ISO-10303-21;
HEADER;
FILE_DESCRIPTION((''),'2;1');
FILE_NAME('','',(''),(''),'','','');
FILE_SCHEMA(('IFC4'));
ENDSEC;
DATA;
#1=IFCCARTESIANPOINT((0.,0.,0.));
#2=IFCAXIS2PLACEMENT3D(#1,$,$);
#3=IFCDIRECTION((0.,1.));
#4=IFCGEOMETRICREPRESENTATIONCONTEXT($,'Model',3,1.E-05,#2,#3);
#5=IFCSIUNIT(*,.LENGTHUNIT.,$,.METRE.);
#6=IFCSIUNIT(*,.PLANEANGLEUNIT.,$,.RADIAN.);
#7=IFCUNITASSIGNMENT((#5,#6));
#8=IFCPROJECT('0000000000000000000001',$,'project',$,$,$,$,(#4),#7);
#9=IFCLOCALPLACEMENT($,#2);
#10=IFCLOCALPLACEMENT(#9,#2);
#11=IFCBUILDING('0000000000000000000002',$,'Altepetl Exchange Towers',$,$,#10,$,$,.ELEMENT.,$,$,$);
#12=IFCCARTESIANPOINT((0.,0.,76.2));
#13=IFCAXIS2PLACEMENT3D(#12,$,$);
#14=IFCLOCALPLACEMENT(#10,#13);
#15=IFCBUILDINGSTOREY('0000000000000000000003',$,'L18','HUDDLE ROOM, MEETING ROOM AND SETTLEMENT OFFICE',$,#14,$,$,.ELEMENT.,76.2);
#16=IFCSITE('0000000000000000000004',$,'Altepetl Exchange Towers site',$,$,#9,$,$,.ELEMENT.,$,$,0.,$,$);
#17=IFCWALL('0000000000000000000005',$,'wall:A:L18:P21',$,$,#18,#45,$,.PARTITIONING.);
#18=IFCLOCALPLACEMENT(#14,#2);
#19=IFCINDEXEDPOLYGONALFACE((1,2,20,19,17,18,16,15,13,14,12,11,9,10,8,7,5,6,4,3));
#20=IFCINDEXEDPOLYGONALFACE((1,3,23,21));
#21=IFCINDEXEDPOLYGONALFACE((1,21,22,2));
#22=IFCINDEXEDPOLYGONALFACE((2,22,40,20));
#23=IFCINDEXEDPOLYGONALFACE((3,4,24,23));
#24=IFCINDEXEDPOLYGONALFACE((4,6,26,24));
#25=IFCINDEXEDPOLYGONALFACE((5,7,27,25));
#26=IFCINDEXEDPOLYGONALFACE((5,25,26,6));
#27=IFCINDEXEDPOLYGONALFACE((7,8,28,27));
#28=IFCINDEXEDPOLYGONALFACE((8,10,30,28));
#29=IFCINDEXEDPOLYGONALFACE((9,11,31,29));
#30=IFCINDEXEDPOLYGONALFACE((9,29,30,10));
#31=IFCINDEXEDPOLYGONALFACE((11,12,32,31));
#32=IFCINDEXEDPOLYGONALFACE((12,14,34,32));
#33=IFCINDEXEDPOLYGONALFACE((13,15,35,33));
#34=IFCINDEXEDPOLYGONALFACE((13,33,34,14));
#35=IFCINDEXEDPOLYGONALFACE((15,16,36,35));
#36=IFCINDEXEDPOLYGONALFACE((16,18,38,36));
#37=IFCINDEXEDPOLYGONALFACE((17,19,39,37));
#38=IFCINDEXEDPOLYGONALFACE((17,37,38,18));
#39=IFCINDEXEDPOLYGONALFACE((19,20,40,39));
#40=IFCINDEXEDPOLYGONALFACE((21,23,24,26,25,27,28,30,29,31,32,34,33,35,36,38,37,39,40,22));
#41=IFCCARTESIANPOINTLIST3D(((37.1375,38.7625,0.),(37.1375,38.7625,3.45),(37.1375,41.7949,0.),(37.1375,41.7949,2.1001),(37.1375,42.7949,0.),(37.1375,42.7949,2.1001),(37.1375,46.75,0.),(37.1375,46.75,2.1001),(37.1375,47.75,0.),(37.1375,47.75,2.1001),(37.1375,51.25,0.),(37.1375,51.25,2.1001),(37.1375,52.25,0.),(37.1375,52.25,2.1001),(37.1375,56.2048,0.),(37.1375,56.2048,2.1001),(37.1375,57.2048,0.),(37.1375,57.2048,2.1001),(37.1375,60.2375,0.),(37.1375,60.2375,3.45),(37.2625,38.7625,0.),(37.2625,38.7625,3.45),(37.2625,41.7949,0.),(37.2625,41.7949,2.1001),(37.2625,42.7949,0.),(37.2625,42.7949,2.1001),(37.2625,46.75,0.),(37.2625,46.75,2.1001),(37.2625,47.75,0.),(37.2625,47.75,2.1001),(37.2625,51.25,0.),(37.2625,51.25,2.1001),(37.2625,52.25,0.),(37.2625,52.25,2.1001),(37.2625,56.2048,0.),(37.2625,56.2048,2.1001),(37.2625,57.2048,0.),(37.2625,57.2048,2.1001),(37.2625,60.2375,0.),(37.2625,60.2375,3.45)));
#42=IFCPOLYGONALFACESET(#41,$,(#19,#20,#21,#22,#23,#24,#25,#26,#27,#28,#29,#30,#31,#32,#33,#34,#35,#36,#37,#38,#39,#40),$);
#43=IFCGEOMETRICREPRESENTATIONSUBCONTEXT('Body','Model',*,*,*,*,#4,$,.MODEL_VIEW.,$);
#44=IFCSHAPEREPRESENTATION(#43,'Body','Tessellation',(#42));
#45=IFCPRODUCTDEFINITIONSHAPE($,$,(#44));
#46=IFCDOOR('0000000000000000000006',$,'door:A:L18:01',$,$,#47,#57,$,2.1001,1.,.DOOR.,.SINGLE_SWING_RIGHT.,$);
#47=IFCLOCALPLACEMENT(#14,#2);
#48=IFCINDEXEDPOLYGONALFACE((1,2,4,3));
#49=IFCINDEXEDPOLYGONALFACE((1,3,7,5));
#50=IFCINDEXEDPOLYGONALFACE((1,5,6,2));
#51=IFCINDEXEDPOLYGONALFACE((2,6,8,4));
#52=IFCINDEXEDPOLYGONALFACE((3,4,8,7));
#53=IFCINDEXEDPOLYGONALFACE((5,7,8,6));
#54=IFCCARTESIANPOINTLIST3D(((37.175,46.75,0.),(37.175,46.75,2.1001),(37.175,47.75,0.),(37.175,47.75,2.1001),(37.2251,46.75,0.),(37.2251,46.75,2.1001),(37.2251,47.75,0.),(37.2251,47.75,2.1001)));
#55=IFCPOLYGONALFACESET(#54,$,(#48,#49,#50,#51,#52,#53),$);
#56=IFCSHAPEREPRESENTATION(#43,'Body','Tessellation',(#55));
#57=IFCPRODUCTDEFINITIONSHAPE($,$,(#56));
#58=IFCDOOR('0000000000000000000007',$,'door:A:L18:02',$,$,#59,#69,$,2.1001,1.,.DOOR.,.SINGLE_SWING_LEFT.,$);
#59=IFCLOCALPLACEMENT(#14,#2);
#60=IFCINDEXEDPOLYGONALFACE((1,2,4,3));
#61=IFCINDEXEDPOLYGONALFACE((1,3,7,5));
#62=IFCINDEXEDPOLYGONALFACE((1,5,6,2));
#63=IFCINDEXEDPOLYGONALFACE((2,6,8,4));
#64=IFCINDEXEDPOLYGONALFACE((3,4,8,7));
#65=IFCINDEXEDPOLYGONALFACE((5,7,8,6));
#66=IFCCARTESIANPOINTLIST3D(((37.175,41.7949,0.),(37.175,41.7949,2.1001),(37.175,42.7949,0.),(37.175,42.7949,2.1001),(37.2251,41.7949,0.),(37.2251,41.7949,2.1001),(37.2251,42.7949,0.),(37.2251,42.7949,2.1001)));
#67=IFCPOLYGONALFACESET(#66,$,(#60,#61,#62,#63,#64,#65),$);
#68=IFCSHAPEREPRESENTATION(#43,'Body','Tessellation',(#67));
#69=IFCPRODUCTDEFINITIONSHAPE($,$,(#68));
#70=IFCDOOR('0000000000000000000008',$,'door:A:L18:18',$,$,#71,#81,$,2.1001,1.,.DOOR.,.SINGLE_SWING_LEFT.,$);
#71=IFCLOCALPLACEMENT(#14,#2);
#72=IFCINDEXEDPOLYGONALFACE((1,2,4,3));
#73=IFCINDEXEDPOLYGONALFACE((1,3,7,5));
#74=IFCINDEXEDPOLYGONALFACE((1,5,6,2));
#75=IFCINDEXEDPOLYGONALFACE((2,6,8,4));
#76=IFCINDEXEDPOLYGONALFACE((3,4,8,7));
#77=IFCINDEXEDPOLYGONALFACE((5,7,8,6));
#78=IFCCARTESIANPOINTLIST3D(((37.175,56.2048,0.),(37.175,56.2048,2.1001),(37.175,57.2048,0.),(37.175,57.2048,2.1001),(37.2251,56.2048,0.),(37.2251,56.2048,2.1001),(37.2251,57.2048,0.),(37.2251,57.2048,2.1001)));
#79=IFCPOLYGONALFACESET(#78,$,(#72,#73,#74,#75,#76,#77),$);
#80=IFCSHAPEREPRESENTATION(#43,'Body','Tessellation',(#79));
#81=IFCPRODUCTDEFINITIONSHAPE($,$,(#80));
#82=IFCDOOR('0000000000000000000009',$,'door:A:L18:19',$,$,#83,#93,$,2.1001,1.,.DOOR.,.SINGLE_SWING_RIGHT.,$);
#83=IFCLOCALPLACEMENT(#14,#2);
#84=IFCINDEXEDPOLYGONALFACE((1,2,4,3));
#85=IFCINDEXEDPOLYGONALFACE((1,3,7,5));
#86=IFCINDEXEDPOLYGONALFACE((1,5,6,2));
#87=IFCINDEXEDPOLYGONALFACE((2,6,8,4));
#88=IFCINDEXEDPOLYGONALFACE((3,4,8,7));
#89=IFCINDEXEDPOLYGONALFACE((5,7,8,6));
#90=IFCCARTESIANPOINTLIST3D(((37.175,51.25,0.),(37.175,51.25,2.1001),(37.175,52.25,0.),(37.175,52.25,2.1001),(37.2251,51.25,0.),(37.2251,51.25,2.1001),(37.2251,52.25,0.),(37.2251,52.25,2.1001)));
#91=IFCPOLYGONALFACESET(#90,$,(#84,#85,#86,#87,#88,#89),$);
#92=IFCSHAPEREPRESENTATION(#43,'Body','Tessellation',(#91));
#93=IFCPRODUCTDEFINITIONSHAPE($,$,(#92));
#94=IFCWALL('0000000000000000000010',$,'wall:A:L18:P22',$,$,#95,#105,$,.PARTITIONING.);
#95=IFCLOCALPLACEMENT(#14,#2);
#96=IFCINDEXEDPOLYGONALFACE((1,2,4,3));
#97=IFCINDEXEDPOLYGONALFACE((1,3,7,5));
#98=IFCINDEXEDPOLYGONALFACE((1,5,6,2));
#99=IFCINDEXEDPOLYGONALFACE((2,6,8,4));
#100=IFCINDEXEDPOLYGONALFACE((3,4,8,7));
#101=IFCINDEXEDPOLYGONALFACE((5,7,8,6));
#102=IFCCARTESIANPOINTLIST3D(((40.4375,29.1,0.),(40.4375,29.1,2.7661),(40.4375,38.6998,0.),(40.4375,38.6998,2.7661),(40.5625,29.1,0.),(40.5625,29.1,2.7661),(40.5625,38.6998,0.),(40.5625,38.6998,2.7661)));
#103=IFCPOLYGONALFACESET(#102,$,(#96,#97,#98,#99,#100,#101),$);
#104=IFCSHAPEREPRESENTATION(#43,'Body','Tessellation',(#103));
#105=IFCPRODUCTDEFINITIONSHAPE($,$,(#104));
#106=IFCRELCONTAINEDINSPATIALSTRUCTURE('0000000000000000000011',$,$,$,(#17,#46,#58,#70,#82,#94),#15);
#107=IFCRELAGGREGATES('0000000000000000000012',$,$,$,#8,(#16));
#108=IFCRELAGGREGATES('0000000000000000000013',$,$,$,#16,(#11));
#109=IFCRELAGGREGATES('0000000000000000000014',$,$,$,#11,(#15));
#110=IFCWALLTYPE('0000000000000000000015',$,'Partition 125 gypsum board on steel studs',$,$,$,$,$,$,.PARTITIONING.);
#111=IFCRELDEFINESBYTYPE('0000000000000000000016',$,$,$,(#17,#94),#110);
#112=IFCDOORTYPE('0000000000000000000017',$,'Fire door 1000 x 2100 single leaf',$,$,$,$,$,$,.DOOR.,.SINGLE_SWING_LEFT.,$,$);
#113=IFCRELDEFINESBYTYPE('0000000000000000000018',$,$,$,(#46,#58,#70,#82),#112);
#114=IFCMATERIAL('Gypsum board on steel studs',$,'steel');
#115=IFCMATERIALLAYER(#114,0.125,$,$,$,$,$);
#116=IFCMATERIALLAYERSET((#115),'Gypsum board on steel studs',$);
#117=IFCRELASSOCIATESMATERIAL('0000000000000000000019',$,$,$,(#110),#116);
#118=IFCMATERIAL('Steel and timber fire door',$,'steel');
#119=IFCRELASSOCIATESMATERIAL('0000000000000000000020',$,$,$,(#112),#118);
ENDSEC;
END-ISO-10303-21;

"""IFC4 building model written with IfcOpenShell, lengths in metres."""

from ifc_helpers import new_model, si_unit, direction, frame, frame_2d, origin, place, context, subcontext, project, spatial, rectangle, extrude, material, layer, layer_set, type_object, element, fill, save


model = new_model("IFC4")

# Units and contexts
model_context = context("Model", 3, precision=1e-05, world=origin(), true_north=direction((0.0, 1.0)))
body_context = subcontext(model_context, "Body", "Model", "MODEL_VIEW")
ifc_project = project(units=[si_unit("LENGTHUNIT", "METRE"), si_unit("PLANEANGLEUNIT", "RADIAN")], contexts=[model_context])

# Site, building, storey
site_placement = place(None, origin())
site = spatial("IfcSite", under=ifc_project, at=site_placement, Name="Altepetl Exchange Towers site", CompositionType="ELEMENT", RefElevation=0.0)
building_placement = place(site_placement, origin())
building = spatial("IfcBuilding", under=site, at=building_placement, Name="Altepetl Exchange Towers", CompositionType="ELEMENT")
storey_placement = place(building_placement, frame((0.0, 0.0, 76.2)))
storey = spatial("IfcBuildingStorey", under=building, at=storey_placement, Name="L18", Description="HUDDLE ROOM, MEETING ROOM AND SETTLEMENT OFFICE", CompositionType="ELEMENT", Elevation=76.2)

# Shared definitions
ifc_material_1 = material(Name="Steel and timber fire door", Category="steel")

# Shared definitions
ifc_material_2 = material(Name="Gypsum board on steel studs", Category="steel")
ifc_layer_1 = layer(ifc_material_2, 0.125)
ifc_layer_set_1 = layer_set([ifc_layer_1], Name="Gypsum board on steel studs")
wall_type_1 = type_object("IfcWallType", Name="Partition 125 gypsum board on steel studs", PredefinedType="PARTITIONING", material=ifc_layer_set_1)

# Wall, openings, doors
wall_1_placement = place(storey_placement, frame((37.2, 38.7625, 0.0), z_axis=(0.0, 0.0, 1.0), x_axis=(0.0, 1.0, 0.0)))
wall_1 = element("IfcWall", 1, at=wall_1_placement, inside=storey, type_object=wall_type_1, Name="wall:A:L18:P21", PredefinedType="PARTITIONING", context=body_context, shape_type="SweptSolid", body=[
    extrude(rectangle(XDim=21.4751, YDim=0.125, at=frame_2d((10.7375, 0.0))), origin(), (0.0, 0.0, 1.0), 3.45),
])
opening_1_placement = place(wall_1_placement, frame((7.9875, 0.0, 0.0)))
opening_1 = element("IfcOpeningElement", 2, at=opening_1_placement, cuts=wall_1, PredefinedType="OPENING", context=body_context, shape_type="SweptSolid", body=[
    extrude(rectangle(XDim=1.0, YDim=2.1001, at=frame_2d((0.5, 1.05))), frame((0.0, 0.0725, 0.0), z_axis=(0.0, -1.0, 0.0), x_axis=(1.0, 0.0, 0.0)), (0.0, 0.0, 1.0), 0.145),
])
opening_2_placement = place(wall_1_placement, frame((3.0325, 0.0, 0.0)))
opening_2 = element("IfcOpeningElement", 3, at=opening_2_placement, cuts=wall_1, PredefinedType="OPENING", context=body_context, shape_type="SweptSolid", body=[
    extrude(rectangle(XDim=1.0, YDim=2.1001, at=frame_2d((0.5, 1.05))), frame((0.0, 0.0725, 0.0), z_axis=(0.0, -1.0, 0.0), x_axis=(1.0, 0.0, 0.0)), (0.0, 0.0, 1.0), 0.145),
])
opening_3_placement = place(wall_1_placement, frame((17.4424, 0.0, 0.0)))
opening_3 = element("IfcOpeningElement", 4, at=opening_3_placement, cuts=wall_1, PredefinedType="OPENING", context=body_context, shape_type="SweptSolid", body=[
    extrude(rectangle(XDim=1.0, YDim=2.1001, at=frame_2d((0.5, 1.05))), frame((0.0, 0.0725, 0.0), z_axis=(0.0, -1.0, 0.0), x_axis=(1.0, 0.0, 0.0)), (0.0, 0.0, 1.0), 0.145),
])
opening_4_placement = place(wall_1_placement, frame((12.4875, 0.0, 0.0)))
opening_4 = element("IfcOpeningElement", 5, at=opening_4_placement, cuts=wall_1, PredefinedType="OPENING", context=body_context, shape_type="SweptSolid", body=[
    extrude(rectangle(XDim=1.0, YDim=2.1001, at=frame_2d((0.5, 1.05))), frame((0.0, 0.0725, 0.0), z_axis=(0.0, -1.0, 0.0), x_axis=(1.0, 0.0, 0.0)), (0.0, 0.0, 1.0), 0.145),
])
door_type_1 = type_object("IfcDoorType", Name="Fire door 1000 x 2100 single leaf", OperationType="SINGLE_SWING_LEFT", PredefinedType="DOOR", material=ifc_material_1)
door_1_placement = place(opening_1_placement, origin())
door_1 = element("IfcDoor", 6, at=door_1_placement, inside=storey, type_object=door_type_1, Name="door:A:L18:01", OperationType="SINGLE_SWING_RIGHT", OverallHeight=2.1001, OverallWidth=1.0, PredefinedType="DOOR", context=body_context, shape_type="SweptSolid", body=[
    extrude(rectangle(XDim=1.0, YDim=2.1001, at=frame_2d((0.5, 1.05))), frame((0.0, 0.0249, 0.0), z_axis=(0.0, -1.0, 0.0), x_axis=(1.0, 0.0, 0.0)), (0.0, 0.0, 1.0), 0.05),
])
fill(opening_1, door_1)
door_2_placement = place(opening_2_placement, origin())
door_2 = element("IfcDoor", 7, at=door_2_placement, inside=storey, type_object=door_type_1, Name="door:A:L18:02", OperationType="SINGLE_SWING_LEFT", OverallHeight=2.1001, OverallWidth=1.0, PredefinedType="DOOR", context=body_context, shape_type="SweptSolid", body=[
    extrude(rectangle(XDim=1.0, YDim=2.1001, at=frame_2d((0.5, 1.05))), frame((0.0, 0.0249, 0.0), z_axis=(0.0, -1.0, 0.0), x_axis=(1.0, 0.0, 0.0)), (0.0, 0.0, 1.0), 0.05),
])
fill(opening_2, door_2)
door_3_placement = place(opening_3_placement, origin())
door_3 = element("IfcDoor", 8, at=door_3_placement, inside=storey, type_object=door_type_1, Name="door:A:L18:18", OperationType="SINGLE_SWING_LEFT", OverallHeight=2.1001, OverallWidth=1.0, PredefinedType="DOOR", context=body_context, shape_type="SweptSolid", body=[
    extrude(rectangle(XDim=1.0, YDim=2.1001, at=frame_2d((0.5, 1.05))), frame((0.0, 0.0249, 0.0), z_axis=(0.0, -1.0, 0.0), x_axis=(1.0, 0.0, 0.0)), (0.0, 0.0, 1.0), 0.05),
])
fill(opening_3, door_3)
door_4_placement = place(opening_4_placement, origin())
door_4 = element("IfcDoor", 9, at=door_4_placement, inside=storey, type_object=door_type_1, Name="door:A:L18:19", OperationType="SINGLE_SWING_RIGHT", OverallHeight=2.1001, OverallWidth=1.0, PredefinedType="DOOR", context=body_context, shape_type="SweptSolid", body=[
    extrude(rectangle(XDim=1.0, YDim=2.1001, at=frame_2d((0.5, 1.05))), frame((0.0, 0.0249, 0.0), z_axis=(0.0, -1.0, 0.0), x_axis=(1.0, 0.0, 0.0)), (0.0, 0.0, 1.0), 0.05),
])
fill(opening_4, door_4)

# Wall
wall_2_placement = place(storey_placement, frame((40.5, 29.1001, 0.0), z_axis=(0.0, 0.0, 1.0), x_axis=(0.0, 1.0, 0.0)))
element("IfcWall", 10, at=wall_2_placement, inside=storey, type_object=wall_type_1, Name="wall:A:L18:P22", PredefinedType="PARTITIONING", context=body_context, shape_type="SweptSolid", body=[
    extrude(rectangle(XDim=9.5999, YDim=0.125, at=frame_2d((4.7998, 0.0))), origin(), (0.0, 0.0, 1.0), 2.7661),
])

save(model, "model.ifc")
